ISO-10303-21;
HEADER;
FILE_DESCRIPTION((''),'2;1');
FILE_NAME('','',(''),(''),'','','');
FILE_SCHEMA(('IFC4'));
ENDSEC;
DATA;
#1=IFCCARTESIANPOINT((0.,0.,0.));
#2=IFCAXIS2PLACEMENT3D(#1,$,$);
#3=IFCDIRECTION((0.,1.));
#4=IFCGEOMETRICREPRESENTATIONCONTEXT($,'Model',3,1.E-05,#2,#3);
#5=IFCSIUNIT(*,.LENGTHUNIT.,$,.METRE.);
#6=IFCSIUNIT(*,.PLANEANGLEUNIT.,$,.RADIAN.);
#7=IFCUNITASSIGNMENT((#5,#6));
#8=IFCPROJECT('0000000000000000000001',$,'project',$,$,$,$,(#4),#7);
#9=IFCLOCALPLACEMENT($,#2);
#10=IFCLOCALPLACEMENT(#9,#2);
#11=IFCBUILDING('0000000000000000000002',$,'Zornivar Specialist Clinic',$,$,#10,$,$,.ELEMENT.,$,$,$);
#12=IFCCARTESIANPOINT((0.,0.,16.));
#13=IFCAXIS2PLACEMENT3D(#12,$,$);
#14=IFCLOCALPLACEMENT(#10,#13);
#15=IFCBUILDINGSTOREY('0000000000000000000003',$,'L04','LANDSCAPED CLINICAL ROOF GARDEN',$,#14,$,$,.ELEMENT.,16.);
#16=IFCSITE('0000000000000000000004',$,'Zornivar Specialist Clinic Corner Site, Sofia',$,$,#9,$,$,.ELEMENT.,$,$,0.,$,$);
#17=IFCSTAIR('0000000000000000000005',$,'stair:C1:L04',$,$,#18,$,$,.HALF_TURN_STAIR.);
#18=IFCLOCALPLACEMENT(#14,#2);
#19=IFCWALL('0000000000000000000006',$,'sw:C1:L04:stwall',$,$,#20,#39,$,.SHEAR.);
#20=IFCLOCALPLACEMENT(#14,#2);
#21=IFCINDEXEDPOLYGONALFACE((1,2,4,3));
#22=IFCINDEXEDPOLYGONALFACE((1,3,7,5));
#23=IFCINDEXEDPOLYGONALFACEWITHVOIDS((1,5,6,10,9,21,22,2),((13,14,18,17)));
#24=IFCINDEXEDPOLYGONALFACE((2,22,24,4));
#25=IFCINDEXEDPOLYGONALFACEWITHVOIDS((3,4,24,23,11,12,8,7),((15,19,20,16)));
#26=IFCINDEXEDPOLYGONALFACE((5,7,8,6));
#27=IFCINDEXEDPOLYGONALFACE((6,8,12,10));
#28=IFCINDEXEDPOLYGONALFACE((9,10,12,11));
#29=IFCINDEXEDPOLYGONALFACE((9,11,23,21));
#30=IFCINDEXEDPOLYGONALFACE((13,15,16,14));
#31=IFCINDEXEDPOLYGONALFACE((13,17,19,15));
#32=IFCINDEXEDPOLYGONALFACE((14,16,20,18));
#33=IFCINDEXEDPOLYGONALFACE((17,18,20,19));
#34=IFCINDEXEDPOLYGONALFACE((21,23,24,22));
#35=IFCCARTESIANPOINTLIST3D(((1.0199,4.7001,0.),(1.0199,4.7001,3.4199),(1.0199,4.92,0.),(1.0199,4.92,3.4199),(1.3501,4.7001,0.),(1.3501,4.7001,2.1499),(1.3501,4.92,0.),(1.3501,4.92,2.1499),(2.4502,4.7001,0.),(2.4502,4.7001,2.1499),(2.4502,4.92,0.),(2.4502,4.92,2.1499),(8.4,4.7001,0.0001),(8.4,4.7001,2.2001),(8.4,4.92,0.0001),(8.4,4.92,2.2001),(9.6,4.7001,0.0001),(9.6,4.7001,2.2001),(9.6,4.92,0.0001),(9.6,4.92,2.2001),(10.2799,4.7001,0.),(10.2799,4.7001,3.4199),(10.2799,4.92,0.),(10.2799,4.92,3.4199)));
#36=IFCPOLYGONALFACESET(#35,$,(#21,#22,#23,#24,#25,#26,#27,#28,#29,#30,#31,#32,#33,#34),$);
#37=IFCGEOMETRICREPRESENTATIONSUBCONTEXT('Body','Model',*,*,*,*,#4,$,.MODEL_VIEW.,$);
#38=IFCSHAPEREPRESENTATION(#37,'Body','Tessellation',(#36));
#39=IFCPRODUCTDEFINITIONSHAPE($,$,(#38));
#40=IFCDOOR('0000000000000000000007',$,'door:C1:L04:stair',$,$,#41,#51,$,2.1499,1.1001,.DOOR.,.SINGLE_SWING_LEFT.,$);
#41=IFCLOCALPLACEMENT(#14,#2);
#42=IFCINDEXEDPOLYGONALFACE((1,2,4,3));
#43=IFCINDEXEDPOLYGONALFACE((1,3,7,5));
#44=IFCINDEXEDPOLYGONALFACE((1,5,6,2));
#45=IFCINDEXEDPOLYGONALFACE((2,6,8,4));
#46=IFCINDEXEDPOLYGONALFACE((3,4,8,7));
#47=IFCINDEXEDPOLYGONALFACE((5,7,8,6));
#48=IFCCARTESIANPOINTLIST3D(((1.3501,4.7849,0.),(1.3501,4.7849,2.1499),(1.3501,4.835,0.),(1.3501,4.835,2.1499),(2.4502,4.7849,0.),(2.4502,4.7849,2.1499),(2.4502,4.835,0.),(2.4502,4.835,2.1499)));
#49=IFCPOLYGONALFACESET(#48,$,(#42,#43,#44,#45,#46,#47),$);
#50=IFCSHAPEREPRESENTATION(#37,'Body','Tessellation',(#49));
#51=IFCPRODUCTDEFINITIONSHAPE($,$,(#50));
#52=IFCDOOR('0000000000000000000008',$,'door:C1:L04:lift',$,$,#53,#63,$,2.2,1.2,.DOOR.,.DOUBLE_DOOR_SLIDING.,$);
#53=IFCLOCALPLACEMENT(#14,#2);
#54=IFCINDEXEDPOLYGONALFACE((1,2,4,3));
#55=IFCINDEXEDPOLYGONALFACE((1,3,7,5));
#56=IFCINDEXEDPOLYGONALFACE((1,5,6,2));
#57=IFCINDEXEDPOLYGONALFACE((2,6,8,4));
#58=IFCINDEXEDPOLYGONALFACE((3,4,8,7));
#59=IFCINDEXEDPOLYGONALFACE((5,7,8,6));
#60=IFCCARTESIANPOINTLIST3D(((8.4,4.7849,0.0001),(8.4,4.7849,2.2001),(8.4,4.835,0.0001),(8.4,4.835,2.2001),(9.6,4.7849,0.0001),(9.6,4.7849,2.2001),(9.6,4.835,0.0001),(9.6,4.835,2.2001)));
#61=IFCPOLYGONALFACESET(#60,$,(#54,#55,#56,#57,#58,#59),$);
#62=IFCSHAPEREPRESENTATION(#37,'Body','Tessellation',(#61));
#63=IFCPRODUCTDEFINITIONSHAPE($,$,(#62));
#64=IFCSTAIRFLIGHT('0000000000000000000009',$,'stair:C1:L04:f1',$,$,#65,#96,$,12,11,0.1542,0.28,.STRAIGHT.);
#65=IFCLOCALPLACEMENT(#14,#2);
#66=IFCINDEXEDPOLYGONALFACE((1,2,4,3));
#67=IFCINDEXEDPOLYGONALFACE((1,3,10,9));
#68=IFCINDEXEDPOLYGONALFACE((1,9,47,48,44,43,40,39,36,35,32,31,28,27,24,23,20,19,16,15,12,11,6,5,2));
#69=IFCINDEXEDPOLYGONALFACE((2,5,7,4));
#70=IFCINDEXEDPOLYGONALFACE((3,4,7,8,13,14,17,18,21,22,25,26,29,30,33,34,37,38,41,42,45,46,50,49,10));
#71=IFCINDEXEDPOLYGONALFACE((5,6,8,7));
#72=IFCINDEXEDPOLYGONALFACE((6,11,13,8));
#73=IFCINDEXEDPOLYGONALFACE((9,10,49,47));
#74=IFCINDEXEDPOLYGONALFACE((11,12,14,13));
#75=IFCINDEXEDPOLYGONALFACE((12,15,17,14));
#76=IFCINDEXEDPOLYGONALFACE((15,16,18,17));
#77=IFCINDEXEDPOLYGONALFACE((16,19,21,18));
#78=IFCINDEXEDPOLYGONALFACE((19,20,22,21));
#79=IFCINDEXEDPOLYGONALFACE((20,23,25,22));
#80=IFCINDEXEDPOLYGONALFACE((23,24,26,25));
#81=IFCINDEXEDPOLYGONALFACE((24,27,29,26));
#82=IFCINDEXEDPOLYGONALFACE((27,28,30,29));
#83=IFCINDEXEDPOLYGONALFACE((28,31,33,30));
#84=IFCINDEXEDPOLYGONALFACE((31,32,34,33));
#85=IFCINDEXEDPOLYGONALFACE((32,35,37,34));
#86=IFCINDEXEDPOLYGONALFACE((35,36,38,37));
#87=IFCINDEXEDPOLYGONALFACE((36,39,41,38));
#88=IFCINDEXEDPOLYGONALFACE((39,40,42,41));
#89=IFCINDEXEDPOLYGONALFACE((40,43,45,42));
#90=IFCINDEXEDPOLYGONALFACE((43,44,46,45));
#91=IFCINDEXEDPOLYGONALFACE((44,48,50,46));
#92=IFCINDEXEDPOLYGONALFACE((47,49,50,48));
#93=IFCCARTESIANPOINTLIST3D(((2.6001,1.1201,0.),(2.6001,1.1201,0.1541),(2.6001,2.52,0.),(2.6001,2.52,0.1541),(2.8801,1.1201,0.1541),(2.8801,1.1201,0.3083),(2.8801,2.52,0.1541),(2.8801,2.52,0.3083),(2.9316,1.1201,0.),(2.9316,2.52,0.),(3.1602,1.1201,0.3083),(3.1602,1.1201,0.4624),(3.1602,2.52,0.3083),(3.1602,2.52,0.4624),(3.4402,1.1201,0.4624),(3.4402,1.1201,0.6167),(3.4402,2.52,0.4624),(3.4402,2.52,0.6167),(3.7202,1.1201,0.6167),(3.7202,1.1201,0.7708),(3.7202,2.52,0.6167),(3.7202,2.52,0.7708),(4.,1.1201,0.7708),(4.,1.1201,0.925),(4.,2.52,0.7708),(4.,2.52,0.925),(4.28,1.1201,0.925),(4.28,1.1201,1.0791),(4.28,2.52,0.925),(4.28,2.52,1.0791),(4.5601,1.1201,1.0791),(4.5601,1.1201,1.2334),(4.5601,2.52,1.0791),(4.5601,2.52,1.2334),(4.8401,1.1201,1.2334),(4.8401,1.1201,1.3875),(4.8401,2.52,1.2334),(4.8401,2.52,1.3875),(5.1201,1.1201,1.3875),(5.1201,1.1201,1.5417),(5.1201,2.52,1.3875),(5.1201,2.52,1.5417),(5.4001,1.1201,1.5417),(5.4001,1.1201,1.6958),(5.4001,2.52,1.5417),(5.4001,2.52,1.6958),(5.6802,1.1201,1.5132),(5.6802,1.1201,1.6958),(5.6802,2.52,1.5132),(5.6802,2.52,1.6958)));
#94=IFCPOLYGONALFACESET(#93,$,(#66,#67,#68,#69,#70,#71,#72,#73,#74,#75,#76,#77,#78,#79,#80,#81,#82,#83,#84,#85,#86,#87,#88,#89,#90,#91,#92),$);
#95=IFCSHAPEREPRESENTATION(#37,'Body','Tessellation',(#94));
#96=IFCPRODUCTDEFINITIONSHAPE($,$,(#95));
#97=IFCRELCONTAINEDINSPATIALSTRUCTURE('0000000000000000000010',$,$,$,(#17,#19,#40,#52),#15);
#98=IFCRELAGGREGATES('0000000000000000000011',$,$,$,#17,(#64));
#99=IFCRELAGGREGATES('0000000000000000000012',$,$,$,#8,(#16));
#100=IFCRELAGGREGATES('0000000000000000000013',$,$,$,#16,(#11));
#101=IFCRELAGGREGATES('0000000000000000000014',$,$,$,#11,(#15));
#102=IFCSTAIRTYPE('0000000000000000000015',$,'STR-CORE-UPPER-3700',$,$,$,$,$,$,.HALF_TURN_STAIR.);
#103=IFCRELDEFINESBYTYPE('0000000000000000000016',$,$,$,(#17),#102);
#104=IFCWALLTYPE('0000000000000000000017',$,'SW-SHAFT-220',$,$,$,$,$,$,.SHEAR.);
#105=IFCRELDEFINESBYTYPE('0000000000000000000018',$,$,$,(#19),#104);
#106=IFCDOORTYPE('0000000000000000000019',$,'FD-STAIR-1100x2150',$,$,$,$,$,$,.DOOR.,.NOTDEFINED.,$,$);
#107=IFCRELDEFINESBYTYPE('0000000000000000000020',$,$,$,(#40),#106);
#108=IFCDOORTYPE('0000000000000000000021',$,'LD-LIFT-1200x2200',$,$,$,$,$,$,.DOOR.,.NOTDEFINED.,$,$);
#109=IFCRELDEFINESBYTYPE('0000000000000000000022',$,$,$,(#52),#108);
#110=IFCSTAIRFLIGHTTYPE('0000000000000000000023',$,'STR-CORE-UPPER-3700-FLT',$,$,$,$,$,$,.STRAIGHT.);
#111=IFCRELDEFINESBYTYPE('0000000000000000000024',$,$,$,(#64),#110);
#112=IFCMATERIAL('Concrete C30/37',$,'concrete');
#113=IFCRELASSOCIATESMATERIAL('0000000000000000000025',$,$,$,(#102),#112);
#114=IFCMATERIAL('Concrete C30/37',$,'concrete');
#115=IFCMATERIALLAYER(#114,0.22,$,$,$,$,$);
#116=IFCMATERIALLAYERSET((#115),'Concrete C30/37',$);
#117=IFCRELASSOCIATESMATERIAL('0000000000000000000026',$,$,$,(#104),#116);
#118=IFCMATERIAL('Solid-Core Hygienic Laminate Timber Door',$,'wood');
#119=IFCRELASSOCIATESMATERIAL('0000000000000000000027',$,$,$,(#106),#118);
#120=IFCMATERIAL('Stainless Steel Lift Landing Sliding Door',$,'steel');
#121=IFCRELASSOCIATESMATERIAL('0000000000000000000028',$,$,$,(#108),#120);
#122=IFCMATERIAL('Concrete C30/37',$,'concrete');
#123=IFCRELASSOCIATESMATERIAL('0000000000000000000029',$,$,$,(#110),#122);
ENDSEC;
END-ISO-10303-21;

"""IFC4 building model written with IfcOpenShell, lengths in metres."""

from ifc_helpers import new_model, si_unit, direction, frame, frame_2d, origin, place, context, subcontext, project, spatial, polyline, rectangle, outline, extrude, material, layer, layer_set, type_object, element, fill, aggregate, save


model = new_model("IFC4")

# Units and contexts
model_context = context("Model", 3, precision=1e-05, world=origin(), true_north=direction((0.0, 1.0)))
body_context = subcontext(model_context, "Body", "Model", "MODEL_VIEW")
ifc_project = project(units=[si_unit("LENGTHUNIT", "METRE"), si_unit("PLANEANGLEUNIT", "RADIAN")], contexts=[model_context])

# Site, building, storey
site_placement = place(None, origin())
site = spatial("IfcSite", under=ifc_project, at=site_placement, Name="Zornivar Specialist Clinic Corner Site, Sofia", CompositionType="ELEMENT", RefElevation=0.0)
building_placement = place(site_placement, origin())
building = spatial("IfcBuilding", under=site, at=building_placement, Name="Zornivar Specialist Clinic", CompositionType="ELEMENT")
storey_placement = place(building_placement, frame((0.0, 0.0, 16.0)))
storey = spatial("IfcBuildingStorey", under=building, at=storey_placement, Name="L04", Description="LANDSCAPED CLINICAL ROOF GARDEN", CompositionType="ELEMENT", Elevation=16.0)

# Stair
ifc_material_1 = material(Name="Concrete C30/37", Category="concrete")
stair_type = type_object("IfcStairType", Name="STR-CORE-UPPER-3700", PredefinedType="HALF_TURN_STAIR", material=ifc_material_1)
stair_1_placement = place(storey_placement, origin())
stair_1 = element("IfcStair", 1, at=stair_1_placement, inside=storey, type_object=stair_type, Name="stair:C1:L04", PredefinedType="HALF_TURN_STAIR")

# Wall, openings, doors
ifc_material_2 = material(Name="Concrete C30/37", Category="concrete")
ifc_layer_1 = layer(ifc_material_2, 0.22)
ifc_layer_set_1 = layer_set([ifc_layer_1], Name="Concrete C30/37")
wall_type_1 = type_object("IfcWallType", Name="SW-SHAFT-220", PredefinedType="SHEAR", material=ifc_layer_set_1)
wall_1_placement = place(storey_placement, frame((1.02, 4.8101, 0.0), z_axis=(0.0, 0.0, 1.0), x_axis=(1.0, 0.0, 0.0)))
wall_1 = element("IfcWall", 2, at=wall_1_placement, inside=storey, type_object=wall_type_1, Name="sw:C1:L04:stwall", PredefinedType="SHEAR", context=body_context, shape_type="SweptSolid", body=[
    extrude(rectangle(XDim=9.26, YDim=0.22, at=frame_2d((4.6299, 0.0))), origin(), (0.0, 0.0, 1.0), 3.4199),
])
opening_1_placement = place(wall_1_placement, frame((0.3301, 0.0, 0.0)))
opening_1 = element("IfcOpeningElement", 3, at=opening_1_placement, cuts=wall_1, PredefinedType="OPENING", context=body_context, shape_type="SweptSolid", body=[
    extrude(rectangle(XDim=1.1001, YDim=2.1499, at=frame_2d((0.55, 1.075))), frame((0.0, 0.1199, 0.0), z_axis=(0.0, -1.0, 0.0), x_axis=(1.0, 0.0, 0.0)), (0.0, 0.0, 1.0), 0.24),
])
opening_2_placement = place(wall_1_placement, frame((7.3799, 0.0, 0.0)))
opening_2 = element("IfcOpeningElement", 4, at=opening_2_placement, cuts=wall_1, PredefinedType="OPENING", context=body_context, shape_type="SweptSolid", body=[
    extrude(rectangle(XDim=1.2, YDim=2.2, at=frame_2d((0.6001, 1.1001))), frame((0.0, 0.1199, 0.0), z_axis=(0.0, -1.0, 0.0), x_axis=(1.0, 0.0, 0.0)), (0.0, 0.0, 1.0), 0.24),
])
ifc_material_3 = material(Name="Solid-Core Hygienic Laminate Timber Door", Category="wood")
door_type_1 = type_object("IfcDoorType", Name="FD-STAIR-1100x2150", OperationType="NOTDEFINED", PredefinedType="DOOR", material=ifc_material_3)
door_1_placement = place(opening_1_placement, origin())
door_1 = element("IfcDoor", 5, at=door_1_placement, inside=storey, type_object=door_type_1, Name="door:C1:L04:stair", OperationType="SINGLE_SWING_LEFT", OverallHeight=2.1499, OverallWidth=1.1001, PredefinedType="DOOR", context=body_context, shape_type="SweptSolid", body=[
    extrude(rectangle(XDim=1.1001, YDim=2.1499, at=frame_2d((0.55, 1.075))), frame((0.0, 0.0249, 0.0), z_axis=(0.0, -1.0, 0.0), x_axis=(1.0, 0.0, 0.0)), (0.0, 0.0, 1.0), 0.05),
])
fill(opening_1, door_1)
ifc_material_4 = material(Name="Stainless Steel Lift Landing Sliding Door", Category="steel")
door_type_2 = type_object("IfcDoorType", Name="LD-LIFT-1200x2200", OperationType="NOTDEFINED", PredefinedType="DOOR", material=ifc_material_4)
door_2_placement = place(opening_2_placement, origin())
door_2 = element("IfcDoor", 6, at=door_2_placement, inside=storey, type_object=door_type_2, Name="door:C1:L04:lift", OperationType="DOUBLE_DOOR_SLIDING", OverallHeight=2.2, OverallWidth=1.2, PredefinedType="DOOR", context=body_context, shape_type="SweptSolid", body=[
    extrude(rectangle(XDim=1.2, YDim=2.2, at=frame_2d((0.6001, 1.1001))), frame((0.0, 0.0249, 0.0), z_axis=(0.0, -1.0, 0.0), x_axis=(1.0, 0.0, 0.0)), (0.0, 0.0, 1.0), 0.05),
])
fill(opening_2, door_2)

# Stair flight
ifc_material_5 = material(Name="Concrete C30/37", Category="concrete")
stair_flight_type = type_object("IfcStairFlightType", Name="STR-CORE-UPPER-3700-FLT", PredefinedType="STRAIGHT", material=ifc_material_5)
stair_flight_placement = place(storey_placement, frame((2.6001, 1.8201, 0.0), z_axis=(0.0, 0.0, 1.0), x_axis=(1.0, 0.0, 0.0)))
stair_flight = element("IfcStairFlight", 7, at=stair_flight_placement, type_object=stair_flight_type, Name="stair:C1:L04:f1", NumberOfRisers=12, NumberOfTreads=11, PredefinedType="STRAIGHT", RiserHeight=0.1542, TreadLength=0.28, context=body_context, shape_type="SweptSolid", body=[
    extrude(outline(polyline([(0.0, 0.0), (0.0, 0.1541), (0.28, 0.1541), (0.28, 0.3083), (0.5601, 0.3083), (0.5601, 0.4624), (0.8401, 0.4624), (0.8401, 0.6167), (1.1201, 0.6167), (1.1201, 0.7708), (1.3999, 0.7708), (1.3999, 0.925), (1.6799, 0.925), (1.6799, 1.0791), (1.96, 1.0791), (1.96, 1.2334), (2.24, 1.2334), (2.24, 1.3875), (2.52, 1.3875), (2.52, 1.5417), (2.8, 1.5417), (2.8, 1.6958), (3.0801, 1.6958), (3.0801, 1.8501), (3.0801, 1.5132), (0.3315, 0.0), (0.0, 0.0)])), frame((0.0, 0.7, 0.0), z_axis=(0.0, -1.0, 0.0), x_axis=(1.0, 0.0, 0.0)), (0.0, 0.0, 1.0), 1.3999),
])
aggregate(stair_1, [stair_flight])

save(model, "model.ifc")
